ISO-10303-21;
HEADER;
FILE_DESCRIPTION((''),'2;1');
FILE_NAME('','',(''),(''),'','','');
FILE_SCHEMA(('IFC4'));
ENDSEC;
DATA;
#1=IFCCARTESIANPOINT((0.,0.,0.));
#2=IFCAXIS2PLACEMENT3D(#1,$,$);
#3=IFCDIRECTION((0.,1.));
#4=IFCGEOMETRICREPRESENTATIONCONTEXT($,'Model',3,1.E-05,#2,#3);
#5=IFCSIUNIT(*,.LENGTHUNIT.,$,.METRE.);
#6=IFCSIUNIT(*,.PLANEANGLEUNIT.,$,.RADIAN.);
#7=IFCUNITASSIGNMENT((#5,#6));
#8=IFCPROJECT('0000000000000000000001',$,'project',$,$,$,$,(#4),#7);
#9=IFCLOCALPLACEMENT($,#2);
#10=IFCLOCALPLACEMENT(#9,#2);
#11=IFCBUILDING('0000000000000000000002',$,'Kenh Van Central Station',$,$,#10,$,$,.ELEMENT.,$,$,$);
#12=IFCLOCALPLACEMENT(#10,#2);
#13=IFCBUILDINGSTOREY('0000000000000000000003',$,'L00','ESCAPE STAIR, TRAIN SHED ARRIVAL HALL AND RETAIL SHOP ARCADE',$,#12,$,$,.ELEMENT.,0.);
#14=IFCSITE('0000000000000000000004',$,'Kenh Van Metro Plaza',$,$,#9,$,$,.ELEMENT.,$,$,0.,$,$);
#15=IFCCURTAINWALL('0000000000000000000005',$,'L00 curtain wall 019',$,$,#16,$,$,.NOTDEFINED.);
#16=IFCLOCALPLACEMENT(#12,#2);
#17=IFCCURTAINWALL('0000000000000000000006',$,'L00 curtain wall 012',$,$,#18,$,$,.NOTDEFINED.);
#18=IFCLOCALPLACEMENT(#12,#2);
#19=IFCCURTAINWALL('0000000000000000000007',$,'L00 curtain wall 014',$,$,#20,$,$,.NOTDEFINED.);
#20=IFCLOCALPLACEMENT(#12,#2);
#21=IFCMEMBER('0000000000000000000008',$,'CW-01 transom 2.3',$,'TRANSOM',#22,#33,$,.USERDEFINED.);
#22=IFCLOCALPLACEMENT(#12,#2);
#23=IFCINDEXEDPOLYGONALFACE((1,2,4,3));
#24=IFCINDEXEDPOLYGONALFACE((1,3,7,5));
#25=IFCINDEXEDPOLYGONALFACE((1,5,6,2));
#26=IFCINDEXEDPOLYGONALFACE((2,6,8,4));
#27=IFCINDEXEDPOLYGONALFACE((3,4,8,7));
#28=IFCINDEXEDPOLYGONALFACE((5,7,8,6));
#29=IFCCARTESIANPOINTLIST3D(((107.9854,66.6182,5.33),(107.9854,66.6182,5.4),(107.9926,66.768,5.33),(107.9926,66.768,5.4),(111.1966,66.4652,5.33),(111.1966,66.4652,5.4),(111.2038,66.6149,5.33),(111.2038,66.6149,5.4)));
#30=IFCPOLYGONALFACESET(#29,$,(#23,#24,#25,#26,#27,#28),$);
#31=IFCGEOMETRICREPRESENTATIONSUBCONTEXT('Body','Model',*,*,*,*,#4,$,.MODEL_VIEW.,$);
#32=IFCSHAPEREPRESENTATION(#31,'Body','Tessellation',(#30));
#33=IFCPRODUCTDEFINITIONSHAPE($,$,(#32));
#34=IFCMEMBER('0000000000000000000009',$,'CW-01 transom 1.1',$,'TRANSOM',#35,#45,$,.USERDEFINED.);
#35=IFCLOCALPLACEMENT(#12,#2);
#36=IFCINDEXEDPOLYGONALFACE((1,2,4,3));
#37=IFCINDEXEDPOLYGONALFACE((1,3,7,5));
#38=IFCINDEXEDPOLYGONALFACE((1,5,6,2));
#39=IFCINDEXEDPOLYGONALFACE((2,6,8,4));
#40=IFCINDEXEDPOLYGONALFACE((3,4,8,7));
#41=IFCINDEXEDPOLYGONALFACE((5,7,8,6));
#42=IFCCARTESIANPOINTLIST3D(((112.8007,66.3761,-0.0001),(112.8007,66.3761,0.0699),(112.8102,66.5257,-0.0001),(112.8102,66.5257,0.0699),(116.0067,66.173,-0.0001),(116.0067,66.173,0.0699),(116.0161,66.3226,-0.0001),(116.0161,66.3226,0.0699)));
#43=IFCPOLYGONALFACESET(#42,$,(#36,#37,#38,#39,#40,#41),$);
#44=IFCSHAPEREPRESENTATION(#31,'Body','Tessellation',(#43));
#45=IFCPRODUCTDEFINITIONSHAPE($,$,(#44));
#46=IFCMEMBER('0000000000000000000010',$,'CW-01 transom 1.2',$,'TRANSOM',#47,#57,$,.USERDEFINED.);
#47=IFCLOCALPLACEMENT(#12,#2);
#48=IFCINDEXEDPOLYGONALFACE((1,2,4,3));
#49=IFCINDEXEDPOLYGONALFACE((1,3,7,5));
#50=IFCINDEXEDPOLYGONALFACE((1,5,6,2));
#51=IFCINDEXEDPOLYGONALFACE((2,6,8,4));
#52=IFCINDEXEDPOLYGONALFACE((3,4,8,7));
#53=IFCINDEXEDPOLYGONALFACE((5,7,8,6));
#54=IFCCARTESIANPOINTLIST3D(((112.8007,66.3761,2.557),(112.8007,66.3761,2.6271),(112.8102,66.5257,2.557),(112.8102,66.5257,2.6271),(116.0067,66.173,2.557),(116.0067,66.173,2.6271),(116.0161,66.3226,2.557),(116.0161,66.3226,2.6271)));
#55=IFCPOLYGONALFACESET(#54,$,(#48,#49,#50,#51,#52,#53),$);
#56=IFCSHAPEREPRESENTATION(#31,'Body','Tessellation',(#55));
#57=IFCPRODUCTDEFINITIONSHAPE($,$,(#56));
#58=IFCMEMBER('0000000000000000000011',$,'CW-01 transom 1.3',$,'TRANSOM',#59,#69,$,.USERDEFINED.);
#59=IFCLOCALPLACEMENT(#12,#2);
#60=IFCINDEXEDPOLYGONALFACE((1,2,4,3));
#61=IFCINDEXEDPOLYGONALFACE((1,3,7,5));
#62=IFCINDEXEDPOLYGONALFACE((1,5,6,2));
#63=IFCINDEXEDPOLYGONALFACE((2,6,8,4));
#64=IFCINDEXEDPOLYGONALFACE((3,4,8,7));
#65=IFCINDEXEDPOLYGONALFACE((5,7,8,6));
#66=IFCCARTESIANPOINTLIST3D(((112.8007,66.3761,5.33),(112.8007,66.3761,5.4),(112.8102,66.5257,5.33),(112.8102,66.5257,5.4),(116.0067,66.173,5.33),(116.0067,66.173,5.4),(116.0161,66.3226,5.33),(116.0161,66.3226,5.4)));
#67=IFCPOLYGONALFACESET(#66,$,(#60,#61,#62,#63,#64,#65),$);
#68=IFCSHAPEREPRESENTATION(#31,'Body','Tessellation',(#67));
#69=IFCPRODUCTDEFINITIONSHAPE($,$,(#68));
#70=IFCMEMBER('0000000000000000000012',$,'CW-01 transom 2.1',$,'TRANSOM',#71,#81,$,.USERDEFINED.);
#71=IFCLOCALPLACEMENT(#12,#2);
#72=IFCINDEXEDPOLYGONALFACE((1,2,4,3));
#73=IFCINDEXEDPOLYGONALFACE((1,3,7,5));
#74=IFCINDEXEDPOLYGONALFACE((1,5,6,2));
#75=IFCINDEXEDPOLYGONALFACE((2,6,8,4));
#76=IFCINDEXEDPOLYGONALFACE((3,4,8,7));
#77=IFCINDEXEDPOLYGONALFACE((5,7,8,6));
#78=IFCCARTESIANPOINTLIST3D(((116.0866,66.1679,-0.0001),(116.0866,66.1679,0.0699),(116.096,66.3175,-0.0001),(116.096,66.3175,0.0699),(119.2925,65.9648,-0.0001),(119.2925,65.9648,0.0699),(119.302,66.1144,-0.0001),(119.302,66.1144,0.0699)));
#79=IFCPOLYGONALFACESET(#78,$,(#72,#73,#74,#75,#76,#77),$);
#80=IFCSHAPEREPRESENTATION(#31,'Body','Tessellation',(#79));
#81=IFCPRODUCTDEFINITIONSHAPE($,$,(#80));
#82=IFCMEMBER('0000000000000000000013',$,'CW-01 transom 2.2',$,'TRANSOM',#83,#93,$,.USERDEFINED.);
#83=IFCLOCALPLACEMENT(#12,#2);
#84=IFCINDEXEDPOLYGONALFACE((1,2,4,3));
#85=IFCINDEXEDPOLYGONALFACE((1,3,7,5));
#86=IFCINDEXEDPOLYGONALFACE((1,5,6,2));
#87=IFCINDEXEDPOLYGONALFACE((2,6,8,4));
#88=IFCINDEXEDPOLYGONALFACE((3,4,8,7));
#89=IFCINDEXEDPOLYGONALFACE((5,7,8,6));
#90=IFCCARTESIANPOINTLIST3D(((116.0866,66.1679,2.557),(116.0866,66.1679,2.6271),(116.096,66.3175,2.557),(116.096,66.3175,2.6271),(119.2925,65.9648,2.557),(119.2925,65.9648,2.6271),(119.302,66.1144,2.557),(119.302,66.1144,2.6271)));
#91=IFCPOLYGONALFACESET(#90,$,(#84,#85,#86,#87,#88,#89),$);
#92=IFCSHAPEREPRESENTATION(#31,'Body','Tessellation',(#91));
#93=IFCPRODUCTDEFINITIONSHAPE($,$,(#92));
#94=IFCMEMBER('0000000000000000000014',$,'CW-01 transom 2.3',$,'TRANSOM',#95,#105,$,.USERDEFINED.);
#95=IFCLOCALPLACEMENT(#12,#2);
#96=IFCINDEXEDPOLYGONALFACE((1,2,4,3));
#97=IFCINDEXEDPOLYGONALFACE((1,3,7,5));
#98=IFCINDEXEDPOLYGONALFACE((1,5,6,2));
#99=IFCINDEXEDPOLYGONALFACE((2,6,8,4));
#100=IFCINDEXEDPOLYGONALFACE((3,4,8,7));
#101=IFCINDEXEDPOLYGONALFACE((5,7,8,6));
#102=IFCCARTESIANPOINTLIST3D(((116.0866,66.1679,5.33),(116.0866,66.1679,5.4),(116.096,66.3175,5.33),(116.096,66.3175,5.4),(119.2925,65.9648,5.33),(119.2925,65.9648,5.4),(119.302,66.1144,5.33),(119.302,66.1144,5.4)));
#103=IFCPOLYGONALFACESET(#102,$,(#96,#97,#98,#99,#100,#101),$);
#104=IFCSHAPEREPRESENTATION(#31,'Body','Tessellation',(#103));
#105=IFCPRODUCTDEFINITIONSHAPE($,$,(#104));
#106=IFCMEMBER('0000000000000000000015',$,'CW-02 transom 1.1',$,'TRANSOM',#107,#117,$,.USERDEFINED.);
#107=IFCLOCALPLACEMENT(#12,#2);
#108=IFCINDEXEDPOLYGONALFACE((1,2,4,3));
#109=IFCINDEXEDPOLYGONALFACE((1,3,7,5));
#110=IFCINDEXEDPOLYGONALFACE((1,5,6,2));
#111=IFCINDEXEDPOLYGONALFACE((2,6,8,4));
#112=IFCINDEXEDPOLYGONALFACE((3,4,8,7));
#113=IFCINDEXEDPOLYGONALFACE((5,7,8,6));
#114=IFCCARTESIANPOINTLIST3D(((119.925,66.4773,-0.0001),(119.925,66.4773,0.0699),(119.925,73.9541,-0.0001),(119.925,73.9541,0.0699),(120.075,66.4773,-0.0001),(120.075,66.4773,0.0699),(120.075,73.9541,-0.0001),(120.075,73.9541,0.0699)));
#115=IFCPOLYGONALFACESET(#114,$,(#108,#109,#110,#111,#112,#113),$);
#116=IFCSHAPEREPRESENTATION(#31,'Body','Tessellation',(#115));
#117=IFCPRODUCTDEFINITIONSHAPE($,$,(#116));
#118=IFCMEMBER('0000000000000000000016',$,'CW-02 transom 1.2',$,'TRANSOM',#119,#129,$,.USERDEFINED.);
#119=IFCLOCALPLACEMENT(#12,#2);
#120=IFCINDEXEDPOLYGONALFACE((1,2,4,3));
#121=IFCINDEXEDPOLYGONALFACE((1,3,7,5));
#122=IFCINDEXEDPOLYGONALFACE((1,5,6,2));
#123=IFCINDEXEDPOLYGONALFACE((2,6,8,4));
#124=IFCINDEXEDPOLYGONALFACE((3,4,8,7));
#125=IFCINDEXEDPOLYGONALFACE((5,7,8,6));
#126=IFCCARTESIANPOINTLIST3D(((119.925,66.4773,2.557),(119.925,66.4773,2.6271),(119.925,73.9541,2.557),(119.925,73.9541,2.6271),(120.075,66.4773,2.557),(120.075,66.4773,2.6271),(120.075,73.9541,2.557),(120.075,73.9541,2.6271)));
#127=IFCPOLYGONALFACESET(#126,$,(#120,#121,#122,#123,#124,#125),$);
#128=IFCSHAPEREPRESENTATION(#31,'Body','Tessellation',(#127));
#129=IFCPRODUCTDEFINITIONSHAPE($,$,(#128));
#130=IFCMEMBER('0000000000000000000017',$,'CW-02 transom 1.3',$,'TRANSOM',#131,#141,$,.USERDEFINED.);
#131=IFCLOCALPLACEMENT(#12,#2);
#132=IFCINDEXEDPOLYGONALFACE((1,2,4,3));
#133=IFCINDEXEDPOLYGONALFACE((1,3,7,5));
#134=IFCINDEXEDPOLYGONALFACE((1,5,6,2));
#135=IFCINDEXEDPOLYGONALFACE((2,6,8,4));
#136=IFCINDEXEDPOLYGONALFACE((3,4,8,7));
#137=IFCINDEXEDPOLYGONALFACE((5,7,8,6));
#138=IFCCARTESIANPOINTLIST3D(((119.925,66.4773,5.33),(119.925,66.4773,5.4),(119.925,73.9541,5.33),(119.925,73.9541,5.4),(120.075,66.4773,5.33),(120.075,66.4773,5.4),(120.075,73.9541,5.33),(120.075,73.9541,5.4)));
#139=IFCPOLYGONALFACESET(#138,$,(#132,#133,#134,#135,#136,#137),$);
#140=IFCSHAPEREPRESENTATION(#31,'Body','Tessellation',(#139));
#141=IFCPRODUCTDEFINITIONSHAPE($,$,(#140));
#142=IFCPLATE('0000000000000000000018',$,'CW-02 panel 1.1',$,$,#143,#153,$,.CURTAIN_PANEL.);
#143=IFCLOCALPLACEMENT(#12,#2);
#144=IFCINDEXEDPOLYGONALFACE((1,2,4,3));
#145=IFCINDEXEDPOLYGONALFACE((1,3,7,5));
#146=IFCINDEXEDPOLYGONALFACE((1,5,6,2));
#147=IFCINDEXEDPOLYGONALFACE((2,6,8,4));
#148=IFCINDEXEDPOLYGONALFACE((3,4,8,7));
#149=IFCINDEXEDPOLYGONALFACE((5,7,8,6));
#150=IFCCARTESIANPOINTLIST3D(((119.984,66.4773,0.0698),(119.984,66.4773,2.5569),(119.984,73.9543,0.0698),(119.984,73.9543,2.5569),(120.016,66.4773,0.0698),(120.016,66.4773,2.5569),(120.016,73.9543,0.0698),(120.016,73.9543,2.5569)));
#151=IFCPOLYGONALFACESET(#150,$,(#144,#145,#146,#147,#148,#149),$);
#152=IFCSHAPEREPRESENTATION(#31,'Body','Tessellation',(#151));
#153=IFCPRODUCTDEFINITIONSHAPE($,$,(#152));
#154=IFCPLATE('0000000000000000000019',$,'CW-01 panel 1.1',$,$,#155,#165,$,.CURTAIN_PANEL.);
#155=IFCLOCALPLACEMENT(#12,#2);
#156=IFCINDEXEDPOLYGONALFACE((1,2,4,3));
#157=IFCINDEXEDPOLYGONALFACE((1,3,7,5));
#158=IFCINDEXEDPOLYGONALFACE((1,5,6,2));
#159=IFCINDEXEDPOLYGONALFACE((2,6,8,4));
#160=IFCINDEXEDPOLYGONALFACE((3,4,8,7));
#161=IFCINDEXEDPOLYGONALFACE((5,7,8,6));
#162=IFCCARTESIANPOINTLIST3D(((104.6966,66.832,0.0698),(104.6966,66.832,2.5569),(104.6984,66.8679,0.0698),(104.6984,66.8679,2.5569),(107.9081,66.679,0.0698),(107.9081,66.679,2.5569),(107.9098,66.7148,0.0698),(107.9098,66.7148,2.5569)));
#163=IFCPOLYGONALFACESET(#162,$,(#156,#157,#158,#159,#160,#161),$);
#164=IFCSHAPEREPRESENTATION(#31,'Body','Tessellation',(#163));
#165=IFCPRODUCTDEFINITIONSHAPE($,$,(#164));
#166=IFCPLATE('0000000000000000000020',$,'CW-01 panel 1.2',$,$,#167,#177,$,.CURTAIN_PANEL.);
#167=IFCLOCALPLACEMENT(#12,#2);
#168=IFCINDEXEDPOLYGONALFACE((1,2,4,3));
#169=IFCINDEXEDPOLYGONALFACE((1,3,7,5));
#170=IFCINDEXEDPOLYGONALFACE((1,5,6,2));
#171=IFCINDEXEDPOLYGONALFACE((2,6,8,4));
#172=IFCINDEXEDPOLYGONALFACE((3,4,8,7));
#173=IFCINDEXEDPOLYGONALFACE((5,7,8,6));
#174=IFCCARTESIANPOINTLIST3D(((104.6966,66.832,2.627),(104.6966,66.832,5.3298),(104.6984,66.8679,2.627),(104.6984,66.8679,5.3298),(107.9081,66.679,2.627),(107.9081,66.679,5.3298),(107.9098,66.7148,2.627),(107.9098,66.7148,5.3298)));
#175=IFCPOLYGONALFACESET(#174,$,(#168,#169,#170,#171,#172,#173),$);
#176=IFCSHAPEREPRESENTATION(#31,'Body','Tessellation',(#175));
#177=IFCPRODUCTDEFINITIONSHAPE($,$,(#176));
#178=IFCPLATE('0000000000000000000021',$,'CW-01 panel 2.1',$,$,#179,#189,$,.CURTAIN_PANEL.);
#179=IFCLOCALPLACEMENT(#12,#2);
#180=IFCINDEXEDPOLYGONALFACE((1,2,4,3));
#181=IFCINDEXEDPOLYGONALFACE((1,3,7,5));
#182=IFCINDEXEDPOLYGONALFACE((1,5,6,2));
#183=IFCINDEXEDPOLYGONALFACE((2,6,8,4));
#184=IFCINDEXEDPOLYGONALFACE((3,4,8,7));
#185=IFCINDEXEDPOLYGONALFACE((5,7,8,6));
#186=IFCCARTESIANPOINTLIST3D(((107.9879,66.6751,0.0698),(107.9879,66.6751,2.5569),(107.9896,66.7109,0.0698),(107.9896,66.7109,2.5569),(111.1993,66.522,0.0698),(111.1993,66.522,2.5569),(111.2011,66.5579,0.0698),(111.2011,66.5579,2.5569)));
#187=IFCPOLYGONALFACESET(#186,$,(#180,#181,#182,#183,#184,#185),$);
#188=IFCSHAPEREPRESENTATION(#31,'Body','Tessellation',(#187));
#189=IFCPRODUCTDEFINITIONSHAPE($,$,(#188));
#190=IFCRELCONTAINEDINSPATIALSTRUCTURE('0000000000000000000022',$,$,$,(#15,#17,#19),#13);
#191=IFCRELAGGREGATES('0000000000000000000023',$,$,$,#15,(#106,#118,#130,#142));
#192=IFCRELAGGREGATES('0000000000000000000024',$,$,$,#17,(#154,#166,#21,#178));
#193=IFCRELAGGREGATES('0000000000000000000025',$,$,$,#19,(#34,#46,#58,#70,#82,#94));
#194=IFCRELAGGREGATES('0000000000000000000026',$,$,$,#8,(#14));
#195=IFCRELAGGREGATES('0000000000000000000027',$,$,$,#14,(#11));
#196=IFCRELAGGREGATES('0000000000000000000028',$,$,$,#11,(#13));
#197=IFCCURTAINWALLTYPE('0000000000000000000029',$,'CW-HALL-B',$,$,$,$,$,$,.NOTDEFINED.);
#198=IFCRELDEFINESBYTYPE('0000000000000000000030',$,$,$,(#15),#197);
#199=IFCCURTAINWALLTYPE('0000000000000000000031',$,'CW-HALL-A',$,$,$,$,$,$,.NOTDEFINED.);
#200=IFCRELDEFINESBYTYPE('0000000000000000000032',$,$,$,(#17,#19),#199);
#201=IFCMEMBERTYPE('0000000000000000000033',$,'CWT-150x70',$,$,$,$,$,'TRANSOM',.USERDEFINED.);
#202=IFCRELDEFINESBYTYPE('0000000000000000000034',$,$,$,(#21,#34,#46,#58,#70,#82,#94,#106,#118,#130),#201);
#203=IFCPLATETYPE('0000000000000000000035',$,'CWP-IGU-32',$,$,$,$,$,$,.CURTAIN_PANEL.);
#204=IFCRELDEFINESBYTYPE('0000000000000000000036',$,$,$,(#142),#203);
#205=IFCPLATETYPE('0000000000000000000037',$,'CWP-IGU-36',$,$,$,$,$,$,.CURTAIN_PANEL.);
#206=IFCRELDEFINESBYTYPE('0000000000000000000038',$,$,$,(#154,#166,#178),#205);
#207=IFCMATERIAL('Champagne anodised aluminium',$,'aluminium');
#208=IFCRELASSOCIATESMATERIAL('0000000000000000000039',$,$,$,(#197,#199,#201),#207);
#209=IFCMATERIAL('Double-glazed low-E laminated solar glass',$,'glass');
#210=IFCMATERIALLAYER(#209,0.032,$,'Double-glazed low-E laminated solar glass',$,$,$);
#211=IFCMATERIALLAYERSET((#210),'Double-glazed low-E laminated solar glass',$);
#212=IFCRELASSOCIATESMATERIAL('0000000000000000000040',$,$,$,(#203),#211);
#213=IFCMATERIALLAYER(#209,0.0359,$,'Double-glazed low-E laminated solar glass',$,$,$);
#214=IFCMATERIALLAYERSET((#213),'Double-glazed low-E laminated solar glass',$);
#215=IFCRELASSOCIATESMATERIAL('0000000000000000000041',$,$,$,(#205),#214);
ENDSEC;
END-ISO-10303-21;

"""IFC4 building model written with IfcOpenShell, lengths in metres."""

from ifc_helpers import new_model, si_unit, direction, frame, origin, origin_2d, place, context, subcontext, project, spatial, rectangle, extrude, material, layer, layer_set, material_profile, profile_set, type_object, element, aggregate, save


model = new_model("IFC4")

# Units and contexts
model_context = context("Model", 3, precision=1e-05, world=origin(), true_north=direction((0.0, 1.0)))
body_context = subcontext(model_context, "Body", "Model", "MODEL_VIEW")
ifc_project = project(units=[si_unit("LENGTHUNIT", "METRE"), si_unit("PLANEANGLEUNIT", "RADIAN")], contexts=[model_context])

# Site, building, storey
site_placement = place(None, origin())
site = spatial("IfcSite", under=ifc_project, at=site_placement, Name="Kenh Van Metro Plaza", CompositionType="ELEMENT", RefElevation=0.0)
building_placement = place(site_placement, origin())
building = spatial("IfcBuilding", under=site, at=building_placement, Name="Kenh Van Central Station", CompositionType="ELEMENT")
storey_placement = place(building_placement, origin())
storey = spatial("IfcBuildingStorey", under=building, at=storey_placement, Name="L00", Description="ESCAPE STAIR, TRAIN SHED ARRIVAL HALL AND RETAIL SHOP ARCADE", CompositionType="ELEMENT", Elevation=0.0)

# Curtain wall
ifc_material_1 = material(Name="Champagne anodised aluminium", Category="aluminium")
curtain_wall_type_1 = type_object("IfcCurtainWallType", Name="CW-HALL-B", PredefinedType="NOTDEFINED", material=ifc_material_1)
curtain_wall_1_placement = place(storey_placement, origin())
curtain_wall_1 = element("IfcCurtainWall", 1, at=curtain_wall_1_placement, inside=storey, type_object=curtain_wall_type_1, Name="L00 curtain wall 019", PredefinedType="NOTDEFINED")

# Curtain walls
curtain_wall_type_2 = type_object("IfcCurtainWallType", Name="CW-HALL-A", PredefinedType="NOTDEFINED", material=ifc_material_1)
curtain_wall_2_placement = place(storey_placement, origin())
curtain_wall_2 = element("IfcCurtainWall", 2, at=curtain_wall_2_placement, inside=storey, type_object=curtain_wall_type_2, Name="L00 curtain wall 012", PredefinedType="NOTDEFINED")
curtain_wall_3_placement = place(storey_placement, origin())
curtain_wall_3 = element("IfcCurtainWall", 3, at=curtain_wall_3_placement, inside=storey, type_object=curtain_wall_type_2, Name="L00 curtain wall 014", PredefinedType="NOTDEFINED")

# Members
ifc_material_profile_1 = material_profile(ifc_material_1, rectangle(XDim=0.1499, YDim=0.0701, at=origin_2d()), Name="AL 150x70")
ifc_profile_set_1 = profile_set([ifc_material_profile_1], Name="Champagne anodised aluminium")
member_type_1 = type_object("IfcMemberType", Name="CWT-150x70", ElementType="TRANSOM", PredefinedType="USERDEFINED", material=ifc_profile_set_1)
member_1_placement = place(storey_placement, frame((107.989, 66.6931, 5.365), z_axis=(0.998866, -0.047616, 0.0), x_axis=(0.047616, 0.998866, 0.0)))
member_1 = element("IfcMember", 4, at=member_1_placement, type_object=member_type_1, Name="CW-01 transom 2.3", ObjectType="TRANSOM", PredefinedType="USERDEFINED", context=body_context, shape_type="SweptSolid", body=[
    extrude(rectangle(XDim=0.1499, YDim=0.0701, at=origin_2d()), origin(), (0.0, 0.0, 1.0), 3.2148),
])
member_2_placement = place(storey_placement, frame((112.8054, 66.4509, 0.0349), z_axis=(0.997999, -0.06323, 0.0), x_axis=(0.06323, 0.997999, 0.0)))
member_2 = element("IfcMember", 5, at=member_2_placement, type_object=member_type_1, Name="CW-01 transom 1.1", ObjectType="TRANSOM", PredefinedType="USERDEFINED", context=body_context, shape_type="SweptSolid", body=[
    extrude(rectangle(XDim=0.1499, YDim=0.0701, at=origin_2d()), origin(), (0.0, 0.0, 1.0), 3.2124),
])
member_3_placement = place(storey_placement, frame((112.8054, 66.4509, 2.592), z_axis=(0.997999, -0.06323, 0.0), x_axis=(0.06323, 0.997999, 0.0)))
member_3 = element("IfcMember", 6, at=member_3_placement, type_object=member_type_1, Name="CW-01 transom 1.2", ObjectType="TRANSOM", PredefinedType="USERDEFINED", context=body_context, shape_type="SweptSolid", body=[
    extrude(rectangle(XDim=0.1499, YDim=0.0701, at=origin_2d()), origin(), (0.0, 0.0, 1.0), 3.2124),
])
member_4_placement = place(storey_placement, frame((112.8054, 66.4509, 5.365), z_axis=(0.997999, -0.06323, 0.0), x_axis=(0.06323, 0.997999, 0.0)))
member_4 = element("IfcMember", 7, at=member_4_placement, type_object=member_type_1, Name="CW-01 transom 1.3", ObjectType="TRANSOM", PredefinedType="USERDEFINED", context=body_context, shape_type="SweptSolid", body=[
    extrude(rectangle(XDim=0.1499, YDim=0.0701, at=origin_2d()), origin(), (0.0, 0.0, 1.0), 3.2124),
])
member_5_placement = place(storey_placement, frame((116.0913, 66.2427, 0.0349), z_axis=(0.997999, -0.06323, 0.0), x_axis=(0.06323, 0.997999, 0.0)))
member_5 = element("IfcMember", 8, at=member_5_placement, type_object=member_type_1, Name="CW-01 transom 2.1", ObjectType="TRANSOM", PredefinedType="USERDEFINED", context=body_context, shape_type="SweptSolid", body=[
    extrude(rectangle(XDim=0.1499, YDim=0.0701, at=origin_2d()), origin(), (0.0, 0.0, 1.0), 3.2124),
])
member_6_placement = place(storey_placement, frame((116.0913, 66.2427, 2.592), z_axis=(0.997999, -0.06323, 0.0), x_axis=(0.06323, 0.997999, 0.0)))
member_6 = element("IfcMember", 9, at=member_6_placement, type_object=member_type_1, Name="CW-01 transom 2.2", ObjectType="TRANSOM", PredefinedType="USERDEFINED", context=body_context, shape_type="SweptSolid", body=[
    extrude(rectangle(XDim=0.1499, YDim=0.0701, at=origin_2d()), origin(), (0.0, 0.0, 1.0), 3.2124),
])
member_7_placement = place(storey_placement, frame((116.0913, 66.2427, 5.365), z_axis=(0.997999, -0.06323, 0.0), x_axis=(0.06323, 0.997999, 0.0)))
member_7 = element("IfcMember", 10, at=member_7_placement, type_object=member_type_1, Name="CW-01 transom 2.3", ObjectType="TRANSOM", PredefinedType="USERDEFINED", context=body_context, shape_type="SweptSolid", body=[
    extrude(rectangle(XDim=0.1499, YDim=0.0701, at=origin_2d()), origin(), (0.0, 0.0, 1.0), 3.2124),
])
member_8_placement = place(storey_placement, frame((120.0, 66.4773, 0.0349), z_axis=(0.0, 1.0, 0.0), x_axis=(-1.0, 0.0, 0.0)))
member_8 = element("IfcMember", 11, at=member_8_placement, type_object=member_type_1, Name="CW-02 transom 1.1", ObjectType="TRANSOM", PredefinedType="USERDEFINED", context=body_context, shape_type="SweptSolid", body=[
    extrude(rectangle(XDim=0.1499, YDim=0.0701, at=origin_2d()), origin(), (0.0, 0.0, 1.0), 7.4768),
])
member_9_placement = place(storey_placement, frame((120.0, 66.4773, 2.592), z_axis=(0.0, 1.0, 0.0), x_axis=(-1.0, 0.0, 0.0)))
member_9 = element("IfcMember", 12, at=member_9_placement, type_object=member_type_1, Name="CW-02 transom 1.2", ObjectType="TRANSOM", PredefinedType="USERDEFINED", context=body_context, shape_type="SweptSolid", body=[
    extrude(rectangle(XDim=0.1499, YDim=0.0701, at=origin_2d()), origin(), (0.0, 0.0, 1.0), 7.4768),
])
member_10_placement = place(storey_placement, frame((120.0, 66.4773, 5.365), z_axis=(0.0, 1.0, 0.0), x_axis=(-1.0, 0.0, 0.0)))
member_10 = element("IfcMember", 13, at=member_10_placement, type_object=member_type_1, Name="CW-02 transom 1.3", ObjectType="TRANSOM", PredefinedType="USERDEFINED", context=body_context, shape_type="SweptSolid", body=[
    extrude(rectangle(XDim=0.1499, YDim=0.0701, at=origin_2d()), origin(), (0.0, 0.0, 1.0), 7.4768),
])

# Plates
ifc_material_2 = material(Name="Double-glazed low-E laminated solar glass", Category="glass")
ifc_layer_1 = layer(ifc_material_2, 0.032, Name="Double-glazed low-E laminated solar glass")
ifc_layer_set_1 = layer_set([ifc_layer_1], Name="Double-glazed low-E laminated solar glass")
plate_type_1 = type_object("IfcPlateType", Name="CWP-IGU-32", PredefinedType="CURTAIN_PANEL", material=ifc_layer_set_1)
plate_1_placement = place(storey_placement, frame((120.0, 70.2158, 0.0698), z_axis=(0.0, 0.0, 1.0), x_axis=(0.0, 1.0, 0.0)))
plate_1 = element("IfcPlate", 14, at=plate_1_placement, type_object=plate_type_1, Name="CW-02 panel 1.1", PredefinedType="CURTAIN_PANEL", context=body_context, shape_type="SweptSolid", body=[
    extrude(rectangle(XDim=7.4771, YDim=0.032, at=origin_2d()), origin(), (0.0, 0.0, 1.0), 2.4871),
])
aggregate(curtain_wall_1, [member_8, member_9, member_10, plate_1])
ifc_layer_2 = layer(ifc_material_2, 0.0359, Name="Double-glazed low-E laminated solar glass")
ifc_layer_set_2 = layer_set([ifc_layer_2], Name="Double-glazed low-E laminated solar glass")
plate_type_2 = type_object("IfcPlateType", Name="CWP-IGU-36", PredefinedType="CURTAIN_PANEL", material=ifc_layer_set_2)
plate_2_placement = place(storey_placement, frame((106.3032, 66.7734, 0.0698), z_axis=(0.0, 0.0, 1.0), x_axis=(0.998866, -0.047601, 0.0)))
plate_2 = element("IfcPlate", 15, at=plate_2_placement, type_object=plate_type_2, Name="CW-01 panel 1.1", PredefinedType="CURTAIN_PANEL", context=body_context, shape_type="SweptSolid", body=[
    extrude(rectangle(XDim=3.2151, YDim=0.0359, at=origin_2d()), origin(), (0.0, 0.0, 1.0), 2.4871),
])
plate_3_placement = place(storey_placement, frame((106.3032, 66.7734, 2.627), z_axis=(0.0, 0.0, 1.0), x_axis=(0.998866, -0.047601, 0.0)))
plate_3 = element("IfcPlate", 16, at=plate_3_placement, type_object=plate_type_2, Name="CW-01 panel 1.2", PredefinedType="CURTAIN_PANEL", context=body_context, shape_type="SweptSolid", body=[
    extrude(rectangle(XDim=3.2151, YDim=0.0359, at=origin_2d()), origin(), (0.0, 0.0, 1.0), 2.7029),
])
plate_4_placement = place(storey_placement, frame((109.5945, 66.6165, 0.0698), z_axis=(0.0, 0.0, 1.0), x_axis=(0.998866, -0.047601, 0.0)))
plate_4 = element("IfcPlate", 17, at=plate_4_placement, type_object=plate_type_2, Name="CW-01 panel 2.1", PredefinedType="CURTAIN_PANEL", context=body_context, shape_type="SweptSolid", body=[
    extrude(rectangle(XDim=3.2151, YDim=0.0359, at=origin_2d()), origin(), (0.0, 0.0, 1.0), 2.4871),
])
aggregate(curtain_wall_2, [plate_2, plate_3, member_1, plate_4])
aggregate(curtain_wall_3, [member_2, member_3, member_4, member_5, member_6, member_7])

save(model, "model.ifc")
